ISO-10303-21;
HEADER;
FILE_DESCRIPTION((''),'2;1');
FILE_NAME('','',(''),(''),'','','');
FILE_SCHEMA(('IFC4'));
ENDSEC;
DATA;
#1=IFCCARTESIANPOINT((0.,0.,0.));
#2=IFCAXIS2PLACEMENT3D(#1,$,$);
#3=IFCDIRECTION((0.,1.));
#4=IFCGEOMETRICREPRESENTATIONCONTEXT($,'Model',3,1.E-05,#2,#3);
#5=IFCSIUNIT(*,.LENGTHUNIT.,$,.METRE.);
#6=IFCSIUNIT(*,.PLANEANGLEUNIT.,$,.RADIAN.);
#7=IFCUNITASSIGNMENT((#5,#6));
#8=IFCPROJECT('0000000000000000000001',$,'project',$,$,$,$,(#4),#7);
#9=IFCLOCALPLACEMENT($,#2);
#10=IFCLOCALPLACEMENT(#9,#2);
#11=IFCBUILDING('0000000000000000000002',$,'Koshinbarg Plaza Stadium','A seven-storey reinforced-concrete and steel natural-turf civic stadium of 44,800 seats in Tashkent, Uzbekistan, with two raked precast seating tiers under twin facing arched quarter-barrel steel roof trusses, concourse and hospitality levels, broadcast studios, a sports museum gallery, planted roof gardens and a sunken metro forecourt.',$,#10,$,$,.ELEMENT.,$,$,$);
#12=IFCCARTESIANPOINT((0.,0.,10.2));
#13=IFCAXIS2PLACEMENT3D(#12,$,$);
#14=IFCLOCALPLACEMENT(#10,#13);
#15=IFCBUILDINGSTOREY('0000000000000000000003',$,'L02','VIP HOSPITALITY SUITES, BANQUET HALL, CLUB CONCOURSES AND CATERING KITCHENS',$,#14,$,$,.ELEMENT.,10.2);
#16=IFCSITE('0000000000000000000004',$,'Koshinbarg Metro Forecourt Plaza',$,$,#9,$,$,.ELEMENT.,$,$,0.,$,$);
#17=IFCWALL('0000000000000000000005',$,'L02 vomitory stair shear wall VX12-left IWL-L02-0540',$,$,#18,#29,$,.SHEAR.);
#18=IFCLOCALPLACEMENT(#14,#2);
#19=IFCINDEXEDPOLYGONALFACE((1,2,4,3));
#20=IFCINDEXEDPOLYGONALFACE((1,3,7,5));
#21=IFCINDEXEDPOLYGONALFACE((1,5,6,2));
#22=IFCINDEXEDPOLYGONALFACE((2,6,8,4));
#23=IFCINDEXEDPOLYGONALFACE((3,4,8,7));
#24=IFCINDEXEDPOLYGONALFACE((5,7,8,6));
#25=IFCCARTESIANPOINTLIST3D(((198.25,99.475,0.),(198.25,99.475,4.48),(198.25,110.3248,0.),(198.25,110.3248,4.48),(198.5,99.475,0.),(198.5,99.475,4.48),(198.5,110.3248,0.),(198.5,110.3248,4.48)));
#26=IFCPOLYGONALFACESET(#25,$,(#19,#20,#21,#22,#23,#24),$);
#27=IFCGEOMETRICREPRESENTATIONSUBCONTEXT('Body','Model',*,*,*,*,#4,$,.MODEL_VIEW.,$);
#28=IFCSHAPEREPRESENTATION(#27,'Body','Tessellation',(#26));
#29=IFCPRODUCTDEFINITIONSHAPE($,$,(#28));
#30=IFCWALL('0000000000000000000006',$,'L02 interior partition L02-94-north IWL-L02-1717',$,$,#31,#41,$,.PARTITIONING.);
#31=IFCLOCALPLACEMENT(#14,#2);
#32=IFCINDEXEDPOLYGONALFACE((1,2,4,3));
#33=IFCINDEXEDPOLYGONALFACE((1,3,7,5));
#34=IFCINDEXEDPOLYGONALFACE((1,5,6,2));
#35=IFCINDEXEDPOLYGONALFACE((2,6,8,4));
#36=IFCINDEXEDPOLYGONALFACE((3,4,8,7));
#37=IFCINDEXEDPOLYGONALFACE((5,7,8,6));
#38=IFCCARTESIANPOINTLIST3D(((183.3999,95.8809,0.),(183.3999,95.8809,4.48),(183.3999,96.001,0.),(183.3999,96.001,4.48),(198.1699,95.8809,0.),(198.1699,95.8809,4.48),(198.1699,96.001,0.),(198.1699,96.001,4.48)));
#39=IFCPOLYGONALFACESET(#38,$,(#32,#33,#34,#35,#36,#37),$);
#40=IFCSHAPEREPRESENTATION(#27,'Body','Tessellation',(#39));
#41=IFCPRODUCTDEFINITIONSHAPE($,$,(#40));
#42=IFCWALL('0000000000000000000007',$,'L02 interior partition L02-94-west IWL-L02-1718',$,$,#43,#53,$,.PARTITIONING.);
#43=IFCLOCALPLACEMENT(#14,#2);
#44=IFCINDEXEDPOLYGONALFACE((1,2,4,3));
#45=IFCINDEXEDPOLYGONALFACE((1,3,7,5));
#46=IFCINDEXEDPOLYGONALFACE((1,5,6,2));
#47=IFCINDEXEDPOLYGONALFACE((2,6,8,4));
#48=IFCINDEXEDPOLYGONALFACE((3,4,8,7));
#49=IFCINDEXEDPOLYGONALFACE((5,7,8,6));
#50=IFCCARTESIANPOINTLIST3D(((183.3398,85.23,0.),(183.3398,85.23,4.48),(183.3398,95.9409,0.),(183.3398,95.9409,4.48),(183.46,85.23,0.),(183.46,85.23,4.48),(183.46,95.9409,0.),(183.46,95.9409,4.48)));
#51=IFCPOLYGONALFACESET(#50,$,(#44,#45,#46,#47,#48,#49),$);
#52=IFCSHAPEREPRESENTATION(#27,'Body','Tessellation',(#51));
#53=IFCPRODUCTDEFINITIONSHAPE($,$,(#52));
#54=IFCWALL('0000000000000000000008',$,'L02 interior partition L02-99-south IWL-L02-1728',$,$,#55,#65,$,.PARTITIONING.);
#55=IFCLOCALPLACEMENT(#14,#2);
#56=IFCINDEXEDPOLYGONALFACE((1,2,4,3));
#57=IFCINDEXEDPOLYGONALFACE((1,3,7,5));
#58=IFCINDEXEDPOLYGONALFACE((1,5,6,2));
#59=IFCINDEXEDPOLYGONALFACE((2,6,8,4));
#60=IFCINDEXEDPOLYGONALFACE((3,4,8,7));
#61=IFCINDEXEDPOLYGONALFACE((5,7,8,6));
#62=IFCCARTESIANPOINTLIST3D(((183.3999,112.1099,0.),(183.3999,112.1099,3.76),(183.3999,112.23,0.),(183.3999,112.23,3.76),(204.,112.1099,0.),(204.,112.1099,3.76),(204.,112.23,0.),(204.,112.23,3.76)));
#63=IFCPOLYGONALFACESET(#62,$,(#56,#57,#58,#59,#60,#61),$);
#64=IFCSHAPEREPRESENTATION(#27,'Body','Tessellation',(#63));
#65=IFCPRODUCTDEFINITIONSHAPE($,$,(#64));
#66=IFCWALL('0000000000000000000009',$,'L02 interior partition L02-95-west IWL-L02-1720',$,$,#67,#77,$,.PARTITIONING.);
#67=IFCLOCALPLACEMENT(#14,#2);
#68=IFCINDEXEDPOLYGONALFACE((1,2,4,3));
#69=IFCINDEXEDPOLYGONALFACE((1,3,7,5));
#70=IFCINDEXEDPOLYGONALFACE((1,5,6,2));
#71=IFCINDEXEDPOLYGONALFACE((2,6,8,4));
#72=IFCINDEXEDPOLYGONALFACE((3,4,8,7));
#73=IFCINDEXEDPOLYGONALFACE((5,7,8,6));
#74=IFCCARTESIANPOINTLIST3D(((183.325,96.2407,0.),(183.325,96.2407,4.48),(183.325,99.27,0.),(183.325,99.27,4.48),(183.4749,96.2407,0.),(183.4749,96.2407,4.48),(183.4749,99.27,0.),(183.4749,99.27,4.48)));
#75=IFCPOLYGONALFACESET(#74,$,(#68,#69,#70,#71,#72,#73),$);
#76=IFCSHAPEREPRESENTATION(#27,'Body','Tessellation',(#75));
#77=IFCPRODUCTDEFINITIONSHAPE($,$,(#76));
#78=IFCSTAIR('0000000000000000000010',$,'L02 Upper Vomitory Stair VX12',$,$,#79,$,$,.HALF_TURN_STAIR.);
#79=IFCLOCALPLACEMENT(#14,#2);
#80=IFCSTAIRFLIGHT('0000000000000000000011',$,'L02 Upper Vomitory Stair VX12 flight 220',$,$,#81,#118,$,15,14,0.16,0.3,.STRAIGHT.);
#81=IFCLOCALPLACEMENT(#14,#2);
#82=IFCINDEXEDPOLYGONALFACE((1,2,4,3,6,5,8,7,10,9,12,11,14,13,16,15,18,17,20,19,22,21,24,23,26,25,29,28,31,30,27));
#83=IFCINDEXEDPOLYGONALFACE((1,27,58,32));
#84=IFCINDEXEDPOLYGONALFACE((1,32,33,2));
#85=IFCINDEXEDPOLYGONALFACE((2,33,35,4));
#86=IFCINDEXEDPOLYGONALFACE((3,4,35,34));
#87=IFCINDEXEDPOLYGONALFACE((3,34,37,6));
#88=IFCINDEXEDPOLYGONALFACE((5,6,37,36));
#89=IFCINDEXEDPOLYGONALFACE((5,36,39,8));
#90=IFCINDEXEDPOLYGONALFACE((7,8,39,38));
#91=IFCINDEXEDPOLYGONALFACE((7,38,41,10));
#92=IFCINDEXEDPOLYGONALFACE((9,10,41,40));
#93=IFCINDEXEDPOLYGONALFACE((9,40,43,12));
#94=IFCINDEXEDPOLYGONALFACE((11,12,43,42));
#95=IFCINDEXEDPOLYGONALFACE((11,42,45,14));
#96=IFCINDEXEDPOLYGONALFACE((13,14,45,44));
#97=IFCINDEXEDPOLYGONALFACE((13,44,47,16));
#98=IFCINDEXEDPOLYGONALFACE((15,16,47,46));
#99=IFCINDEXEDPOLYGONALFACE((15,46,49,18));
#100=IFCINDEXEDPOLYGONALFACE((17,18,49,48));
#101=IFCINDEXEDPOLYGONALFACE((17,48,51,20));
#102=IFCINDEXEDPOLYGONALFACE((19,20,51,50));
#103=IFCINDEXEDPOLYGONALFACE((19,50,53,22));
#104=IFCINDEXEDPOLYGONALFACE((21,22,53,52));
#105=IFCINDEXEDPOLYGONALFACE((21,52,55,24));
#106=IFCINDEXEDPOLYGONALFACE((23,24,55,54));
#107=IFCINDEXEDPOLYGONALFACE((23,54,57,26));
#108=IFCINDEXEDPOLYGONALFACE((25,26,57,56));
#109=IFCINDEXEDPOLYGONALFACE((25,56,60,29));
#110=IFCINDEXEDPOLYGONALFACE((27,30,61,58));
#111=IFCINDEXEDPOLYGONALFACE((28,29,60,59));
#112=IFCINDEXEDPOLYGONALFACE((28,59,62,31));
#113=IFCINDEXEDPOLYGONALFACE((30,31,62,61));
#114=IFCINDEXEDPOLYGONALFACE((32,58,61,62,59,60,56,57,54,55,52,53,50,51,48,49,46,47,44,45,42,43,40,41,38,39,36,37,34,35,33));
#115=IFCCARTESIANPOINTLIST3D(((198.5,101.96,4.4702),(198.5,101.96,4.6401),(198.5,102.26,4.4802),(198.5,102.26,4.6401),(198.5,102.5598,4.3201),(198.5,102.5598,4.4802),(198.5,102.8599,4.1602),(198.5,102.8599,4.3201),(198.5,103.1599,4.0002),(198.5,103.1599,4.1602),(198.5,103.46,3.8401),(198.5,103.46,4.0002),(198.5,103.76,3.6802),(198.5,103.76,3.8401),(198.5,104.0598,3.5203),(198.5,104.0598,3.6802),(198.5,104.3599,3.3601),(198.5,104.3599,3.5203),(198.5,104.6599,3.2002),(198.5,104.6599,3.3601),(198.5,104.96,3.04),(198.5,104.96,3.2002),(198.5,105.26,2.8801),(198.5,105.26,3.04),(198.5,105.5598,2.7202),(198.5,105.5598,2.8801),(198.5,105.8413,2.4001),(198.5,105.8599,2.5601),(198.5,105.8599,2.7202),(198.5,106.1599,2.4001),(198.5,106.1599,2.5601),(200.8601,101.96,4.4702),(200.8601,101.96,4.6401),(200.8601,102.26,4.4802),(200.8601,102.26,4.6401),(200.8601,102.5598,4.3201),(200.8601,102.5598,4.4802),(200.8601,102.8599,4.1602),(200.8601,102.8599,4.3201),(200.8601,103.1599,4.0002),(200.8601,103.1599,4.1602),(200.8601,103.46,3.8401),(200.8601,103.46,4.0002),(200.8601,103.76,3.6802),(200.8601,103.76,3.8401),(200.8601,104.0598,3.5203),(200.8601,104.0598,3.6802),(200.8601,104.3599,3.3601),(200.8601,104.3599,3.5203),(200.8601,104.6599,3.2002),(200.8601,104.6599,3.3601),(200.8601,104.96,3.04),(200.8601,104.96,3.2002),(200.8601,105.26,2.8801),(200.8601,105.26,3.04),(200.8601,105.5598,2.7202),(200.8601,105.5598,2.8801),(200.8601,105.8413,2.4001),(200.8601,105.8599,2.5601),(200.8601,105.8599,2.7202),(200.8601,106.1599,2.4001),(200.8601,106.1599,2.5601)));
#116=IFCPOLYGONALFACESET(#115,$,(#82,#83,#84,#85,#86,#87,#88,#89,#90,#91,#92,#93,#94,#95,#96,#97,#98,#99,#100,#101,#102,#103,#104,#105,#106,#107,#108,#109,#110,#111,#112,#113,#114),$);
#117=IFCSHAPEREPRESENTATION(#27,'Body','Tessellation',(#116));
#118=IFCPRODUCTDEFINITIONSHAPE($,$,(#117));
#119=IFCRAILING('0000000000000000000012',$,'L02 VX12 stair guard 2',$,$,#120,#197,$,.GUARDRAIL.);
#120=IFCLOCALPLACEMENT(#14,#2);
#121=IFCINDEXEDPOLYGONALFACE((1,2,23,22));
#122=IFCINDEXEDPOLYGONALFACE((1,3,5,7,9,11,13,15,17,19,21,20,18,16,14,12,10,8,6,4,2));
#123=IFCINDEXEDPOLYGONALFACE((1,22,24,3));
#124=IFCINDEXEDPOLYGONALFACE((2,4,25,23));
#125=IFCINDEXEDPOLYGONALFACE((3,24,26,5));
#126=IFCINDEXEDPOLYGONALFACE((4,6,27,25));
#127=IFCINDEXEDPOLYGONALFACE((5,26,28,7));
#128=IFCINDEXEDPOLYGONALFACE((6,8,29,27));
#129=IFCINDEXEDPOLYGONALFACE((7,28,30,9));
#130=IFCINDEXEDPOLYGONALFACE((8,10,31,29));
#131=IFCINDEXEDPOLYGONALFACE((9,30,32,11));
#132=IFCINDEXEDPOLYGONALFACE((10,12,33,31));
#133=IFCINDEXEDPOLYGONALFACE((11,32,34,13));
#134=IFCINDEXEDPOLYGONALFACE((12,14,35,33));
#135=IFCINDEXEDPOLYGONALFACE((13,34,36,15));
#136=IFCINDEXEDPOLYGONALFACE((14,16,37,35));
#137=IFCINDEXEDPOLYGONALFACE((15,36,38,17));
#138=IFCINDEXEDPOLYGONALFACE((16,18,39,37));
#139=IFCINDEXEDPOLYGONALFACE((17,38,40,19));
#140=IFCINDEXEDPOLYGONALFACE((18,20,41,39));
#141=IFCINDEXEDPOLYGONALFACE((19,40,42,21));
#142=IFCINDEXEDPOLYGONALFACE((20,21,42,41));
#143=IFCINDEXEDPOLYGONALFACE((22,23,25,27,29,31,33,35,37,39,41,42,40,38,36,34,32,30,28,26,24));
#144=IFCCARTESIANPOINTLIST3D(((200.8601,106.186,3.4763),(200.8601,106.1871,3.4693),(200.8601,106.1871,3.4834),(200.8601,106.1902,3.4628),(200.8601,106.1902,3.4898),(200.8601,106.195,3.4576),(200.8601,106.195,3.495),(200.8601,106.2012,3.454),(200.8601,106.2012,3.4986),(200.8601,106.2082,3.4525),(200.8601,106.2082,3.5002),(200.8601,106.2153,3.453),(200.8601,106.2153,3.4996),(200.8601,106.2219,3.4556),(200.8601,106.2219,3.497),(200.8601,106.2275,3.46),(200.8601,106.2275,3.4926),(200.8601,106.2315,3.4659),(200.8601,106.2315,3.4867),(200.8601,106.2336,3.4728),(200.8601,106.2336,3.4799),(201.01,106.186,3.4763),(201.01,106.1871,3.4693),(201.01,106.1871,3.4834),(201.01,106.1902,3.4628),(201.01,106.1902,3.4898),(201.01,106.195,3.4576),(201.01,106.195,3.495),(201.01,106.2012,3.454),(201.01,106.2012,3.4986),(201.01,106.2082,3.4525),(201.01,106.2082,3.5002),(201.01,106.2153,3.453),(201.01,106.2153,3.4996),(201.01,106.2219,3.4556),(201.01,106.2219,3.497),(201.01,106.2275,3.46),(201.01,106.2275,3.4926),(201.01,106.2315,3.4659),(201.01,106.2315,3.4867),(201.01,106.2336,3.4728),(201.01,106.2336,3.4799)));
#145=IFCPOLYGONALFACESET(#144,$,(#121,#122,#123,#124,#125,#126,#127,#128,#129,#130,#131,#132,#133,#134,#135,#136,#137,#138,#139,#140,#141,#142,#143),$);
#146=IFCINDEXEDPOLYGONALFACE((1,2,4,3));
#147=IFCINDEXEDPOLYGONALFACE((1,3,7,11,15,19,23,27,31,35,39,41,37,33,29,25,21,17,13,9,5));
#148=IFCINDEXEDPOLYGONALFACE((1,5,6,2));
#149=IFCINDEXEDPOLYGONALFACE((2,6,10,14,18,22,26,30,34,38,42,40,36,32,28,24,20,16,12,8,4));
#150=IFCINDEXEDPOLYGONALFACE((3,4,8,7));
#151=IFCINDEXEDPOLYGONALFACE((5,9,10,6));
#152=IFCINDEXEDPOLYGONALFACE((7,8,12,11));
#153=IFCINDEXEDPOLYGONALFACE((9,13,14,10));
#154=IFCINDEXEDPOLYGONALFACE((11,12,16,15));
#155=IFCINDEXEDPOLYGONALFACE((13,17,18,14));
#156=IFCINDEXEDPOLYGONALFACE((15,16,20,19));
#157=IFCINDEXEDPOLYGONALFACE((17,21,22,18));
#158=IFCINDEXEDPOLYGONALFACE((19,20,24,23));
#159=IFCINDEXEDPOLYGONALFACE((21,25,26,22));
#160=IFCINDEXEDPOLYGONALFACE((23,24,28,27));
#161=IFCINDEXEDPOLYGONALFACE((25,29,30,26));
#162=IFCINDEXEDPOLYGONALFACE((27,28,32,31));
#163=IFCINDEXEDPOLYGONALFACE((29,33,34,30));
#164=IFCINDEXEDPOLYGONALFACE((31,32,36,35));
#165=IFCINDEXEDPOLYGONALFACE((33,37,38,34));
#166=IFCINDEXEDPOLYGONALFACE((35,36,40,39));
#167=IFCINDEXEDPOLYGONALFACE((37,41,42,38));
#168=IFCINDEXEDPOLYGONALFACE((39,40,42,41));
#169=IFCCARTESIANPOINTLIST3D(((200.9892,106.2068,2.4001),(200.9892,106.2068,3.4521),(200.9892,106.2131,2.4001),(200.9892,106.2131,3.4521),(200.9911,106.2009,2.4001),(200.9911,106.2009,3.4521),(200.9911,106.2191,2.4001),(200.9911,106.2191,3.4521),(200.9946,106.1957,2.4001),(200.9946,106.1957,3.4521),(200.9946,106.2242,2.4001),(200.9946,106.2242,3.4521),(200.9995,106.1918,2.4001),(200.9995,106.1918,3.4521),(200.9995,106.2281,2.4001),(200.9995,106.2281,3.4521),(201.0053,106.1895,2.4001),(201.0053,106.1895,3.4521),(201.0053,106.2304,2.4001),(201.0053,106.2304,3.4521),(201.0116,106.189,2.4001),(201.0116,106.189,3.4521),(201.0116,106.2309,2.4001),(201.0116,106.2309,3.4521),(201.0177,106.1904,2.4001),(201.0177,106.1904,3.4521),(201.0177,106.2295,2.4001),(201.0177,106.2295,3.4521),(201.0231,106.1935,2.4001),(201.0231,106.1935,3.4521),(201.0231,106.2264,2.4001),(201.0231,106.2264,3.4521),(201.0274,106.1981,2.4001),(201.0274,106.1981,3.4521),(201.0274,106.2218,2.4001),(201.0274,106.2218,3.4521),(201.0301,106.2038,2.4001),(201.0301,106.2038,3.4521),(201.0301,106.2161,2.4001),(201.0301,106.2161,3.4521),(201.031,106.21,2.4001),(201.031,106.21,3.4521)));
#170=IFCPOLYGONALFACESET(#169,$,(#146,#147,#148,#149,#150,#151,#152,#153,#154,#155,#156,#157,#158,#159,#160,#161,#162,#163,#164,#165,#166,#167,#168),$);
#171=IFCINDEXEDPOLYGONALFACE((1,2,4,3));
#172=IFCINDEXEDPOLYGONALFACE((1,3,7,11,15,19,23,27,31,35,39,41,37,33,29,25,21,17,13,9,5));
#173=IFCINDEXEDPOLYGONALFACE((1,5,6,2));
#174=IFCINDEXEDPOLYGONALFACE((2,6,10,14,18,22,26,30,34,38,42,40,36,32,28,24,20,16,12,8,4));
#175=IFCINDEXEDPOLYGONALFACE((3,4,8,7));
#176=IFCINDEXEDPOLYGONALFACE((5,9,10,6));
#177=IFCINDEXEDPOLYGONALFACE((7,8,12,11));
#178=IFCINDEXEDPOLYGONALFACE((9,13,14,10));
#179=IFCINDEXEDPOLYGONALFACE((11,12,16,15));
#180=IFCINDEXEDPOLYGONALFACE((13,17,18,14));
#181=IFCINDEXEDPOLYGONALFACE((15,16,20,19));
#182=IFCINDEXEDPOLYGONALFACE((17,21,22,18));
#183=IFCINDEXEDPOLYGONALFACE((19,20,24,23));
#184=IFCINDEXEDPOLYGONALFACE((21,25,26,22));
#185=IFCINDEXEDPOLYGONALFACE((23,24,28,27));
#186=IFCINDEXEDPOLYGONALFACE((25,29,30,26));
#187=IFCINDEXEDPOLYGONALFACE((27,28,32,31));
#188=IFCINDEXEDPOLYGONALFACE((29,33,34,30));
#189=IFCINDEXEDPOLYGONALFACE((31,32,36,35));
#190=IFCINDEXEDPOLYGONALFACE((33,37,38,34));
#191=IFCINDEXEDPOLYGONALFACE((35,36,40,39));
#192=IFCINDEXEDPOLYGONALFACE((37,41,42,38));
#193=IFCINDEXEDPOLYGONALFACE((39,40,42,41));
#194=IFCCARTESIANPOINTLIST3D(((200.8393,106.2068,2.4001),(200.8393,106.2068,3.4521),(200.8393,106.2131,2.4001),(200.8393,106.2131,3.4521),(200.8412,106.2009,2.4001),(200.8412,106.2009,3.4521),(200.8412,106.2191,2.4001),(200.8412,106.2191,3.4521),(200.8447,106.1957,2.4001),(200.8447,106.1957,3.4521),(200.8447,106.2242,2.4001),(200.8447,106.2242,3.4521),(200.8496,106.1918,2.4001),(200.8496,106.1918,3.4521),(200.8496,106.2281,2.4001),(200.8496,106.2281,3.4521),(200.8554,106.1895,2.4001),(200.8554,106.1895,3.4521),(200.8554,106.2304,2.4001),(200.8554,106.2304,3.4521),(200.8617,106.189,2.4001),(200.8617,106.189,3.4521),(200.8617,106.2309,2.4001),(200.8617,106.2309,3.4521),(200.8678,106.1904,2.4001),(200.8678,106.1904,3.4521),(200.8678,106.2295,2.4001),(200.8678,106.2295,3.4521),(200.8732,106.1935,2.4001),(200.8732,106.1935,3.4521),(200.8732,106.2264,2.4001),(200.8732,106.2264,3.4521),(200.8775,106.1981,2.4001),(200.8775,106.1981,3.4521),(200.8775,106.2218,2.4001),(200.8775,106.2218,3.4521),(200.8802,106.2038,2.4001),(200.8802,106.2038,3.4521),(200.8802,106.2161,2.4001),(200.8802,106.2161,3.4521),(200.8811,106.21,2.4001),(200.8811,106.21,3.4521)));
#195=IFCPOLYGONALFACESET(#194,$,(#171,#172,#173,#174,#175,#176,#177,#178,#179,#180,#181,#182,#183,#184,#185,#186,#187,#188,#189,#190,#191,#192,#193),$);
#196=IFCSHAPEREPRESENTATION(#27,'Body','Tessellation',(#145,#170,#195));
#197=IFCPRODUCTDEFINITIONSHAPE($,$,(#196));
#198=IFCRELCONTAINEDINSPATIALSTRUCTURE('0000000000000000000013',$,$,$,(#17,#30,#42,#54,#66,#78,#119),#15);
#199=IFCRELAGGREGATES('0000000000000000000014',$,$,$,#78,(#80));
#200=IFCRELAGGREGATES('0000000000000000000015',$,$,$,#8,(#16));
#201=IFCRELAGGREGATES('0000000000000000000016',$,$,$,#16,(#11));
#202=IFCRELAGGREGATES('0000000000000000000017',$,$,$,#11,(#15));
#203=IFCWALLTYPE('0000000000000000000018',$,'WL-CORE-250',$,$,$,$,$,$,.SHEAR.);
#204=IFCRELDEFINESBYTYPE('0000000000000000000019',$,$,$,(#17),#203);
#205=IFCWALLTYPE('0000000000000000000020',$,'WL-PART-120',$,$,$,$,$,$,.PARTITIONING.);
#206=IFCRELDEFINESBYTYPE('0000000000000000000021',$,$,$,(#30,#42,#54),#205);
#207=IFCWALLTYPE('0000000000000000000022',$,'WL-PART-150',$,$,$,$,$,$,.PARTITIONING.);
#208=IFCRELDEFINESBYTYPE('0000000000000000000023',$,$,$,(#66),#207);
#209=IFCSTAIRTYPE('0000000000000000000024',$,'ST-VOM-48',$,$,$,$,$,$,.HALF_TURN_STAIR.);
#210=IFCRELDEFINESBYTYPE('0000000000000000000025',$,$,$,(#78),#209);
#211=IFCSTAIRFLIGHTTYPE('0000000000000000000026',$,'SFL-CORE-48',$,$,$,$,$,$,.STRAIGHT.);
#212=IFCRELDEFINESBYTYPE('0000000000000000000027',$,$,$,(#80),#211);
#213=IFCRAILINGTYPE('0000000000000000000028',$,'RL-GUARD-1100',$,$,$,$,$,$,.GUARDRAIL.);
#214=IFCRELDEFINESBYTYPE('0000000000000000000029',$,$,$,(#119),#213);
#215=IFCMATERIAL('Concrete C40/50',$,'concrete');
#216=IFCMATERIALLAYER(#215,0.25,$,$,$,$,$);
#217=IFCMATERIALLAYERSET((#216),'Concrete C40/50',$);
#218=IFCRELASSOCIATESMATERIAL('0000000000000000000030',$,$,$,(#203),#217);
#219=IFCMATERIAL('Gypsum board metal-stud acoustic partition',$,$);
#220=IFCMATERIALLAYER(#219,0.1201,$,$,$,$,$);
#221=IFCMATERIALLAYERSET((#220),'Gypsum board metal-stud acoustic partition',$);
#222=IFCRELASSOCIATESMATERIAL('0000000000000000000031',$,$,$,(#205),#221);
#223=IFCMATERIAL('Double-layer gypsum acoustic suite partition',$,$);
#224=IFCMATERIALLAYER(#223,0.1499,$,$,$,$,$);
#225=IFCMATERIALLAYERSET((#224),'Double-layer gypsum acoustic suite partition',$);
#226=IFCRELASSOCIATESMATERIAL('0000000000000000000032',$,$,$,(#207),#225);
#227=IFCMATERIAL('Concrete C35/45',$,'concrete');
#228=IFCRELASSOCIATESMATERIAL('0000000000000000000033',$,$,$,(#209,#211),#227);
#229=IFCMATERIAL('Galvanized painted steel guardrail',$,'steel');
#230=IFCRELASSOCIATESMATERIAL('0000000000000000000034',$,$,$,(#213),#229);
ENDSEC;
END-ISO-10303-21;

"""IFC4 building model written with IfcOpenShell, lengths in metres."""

from ifc_helpers import new_model, si_unit, direction, frame, frame_2d, origin, origin_2d, place, context, subcontext, project, spatial, polyline, rectangle, circle, outline, extrude, material, layer, layer_set, type_object, element, aggregate, save


model = new_model("IFC4")

# Units and contexts
model_context = context("Model", 3, precision=1e-05, world=origin(), true_north=direction((0.0, 1.0)))
body_context = subcontext(model_context, "Body", "Model", "MODEL_VIEW")
ifc_project = project(units=[si_unit("LENGTHUNIT", "METRE"), si_unit("PLANEANGLEUNIT", "RADIAN")], contexts=[model_context])

# Site, building, storey
site_placement = place(None, origin())
site = spatial("IfcSite", under=ifc_project, at=site_placement, Name="Koshinbarg Metro Forecourt Plaza", CompositionType="ELEMENT", RefElevation=0.0)
building_placement = place(site_placement, origin())
building = spatial("IfcBuilding", under=site, at=building_placement, Name="Koshinbarg Plaza Stadium", Description="A seven-storey reinforced-concrete and steel natural-turf civic stadium of 44,800 seats in Tashkent, Uzbekistan, with two raked precast seating tiers under twin facing arched quarter-barrel steel roof trusses, concourse and hospitality levels, broadcast studios, a sports museum gallery, planted roof gardens and a sunken metro forecourt.", CompositionType="ELEMENT")
storey_placement = place(building_placement, frame((0.0, 0.0, 10.2)))
storey = spatial("IfcBuildingStorey", under=building, at=storey_placement, Name="L02", Description="VIP HOSPITALITY SUITES, BANQUET HALL, CLUB CONCOURSES AND CATERING KITCHENS", CompositionType="ELEMENT", Elevation=10.2)

# Shared definitions
ifc_material_1 = material(Name="Concrete C40/50", Category="concrete")

# Walls
ifc_layer_1 = layer(ifc_material_1, 0.25)
ifc_layer_set_1 = layer_set([ifc_layer_1], Name="Concrete C40/50")
wall_type_1 = type_object("IfcWallType", Name="WL-CORE-250", PredefinedType="SHEAR", material=ifc_layer_set_1)
wall_1_placement = place(storey_placement, frame((198.375, 99.4751, 0.0), z_axis=(0.0, 0.0, 1.0), x_axis=(0.0, 1.0, 0.0)))
element("IfcWall", 1, at=wall_1_placement, inside=storey, type_object=wall_type_1, Name="L02 vomitory stair shear wall VX12-left IWL-L02-0540", PredefinedType="SHEAR", context=body_context, shape_type="SweptSolid", body=[
    extrude(rectangle(XDim=10.8499, YDim=0.25, at=frame_2d((5.4248, 0.0))), origin(), (0.0, 0.0, 1.0), 4.48),
])
ifc_material_2 = material(Name="Gypsum board metal-stud acoustic partition")
ifc_layer_2 = layer(ifc_material_2, 0.1201)
ifc_layer_set_2 = layer_set([ifc_layer_2], Name="Gypsum board metal-stud acoustic partition")
wall_type_2 = type_object("IfcWallType", Name="WL-PART-120", PredefinedType="PARTITIONING", material=ifc_layer_set_2)
wall_2_placement = place(storey_placement, frame((198.1699, 95.9409, 0.0), z_axis=(0.0, 0.0, 1.0), x_axis=(-1.0, 0.0, 0.0)))
element("IfcWall", 2, at=wall_2_placement, inside=storey, type_object=wall_type_2, Name="L02 interior partition L02-94-north IWL-L02-1717", PredefinedType="PARTITIONING", context=body_context, shape_type="SweptSolid", body=[
    extrude(rectangle(XDim=14.77, YDim=0.1201, at=frame_2d((7.385, 0.0))), origin(), (0.0, 0.0, 1.0), 4.48),
])
wall_3_placement = place(storey_placement, frame((183.3999, 95.9409, 0.0), z_axis=(0.0, 0.0, 1.0), x_axis=(0.0, -1.0, 0.0)))
element("IfcWall", 3, at=wall_3_placement, inside=storey, type_object=wall_type_2, Name="L02 interior partition L02-94-west IWL-L02-1718", PredefinedType="PARTITIONING", context=body_context, shape_type="SweptSolid", body=[
    extrude(rectangle(XDim=10.7109, YDim=0.1201, at=frame_2d((5.3555, 0.0))), origin(), (0.0, 0.0, 1.0), 4.48),
])
wall_4_placement = place(storey_placement, frame((183.3999, 112.1699, 0.0), z_axis=(0.0, 0.0, 1.0), x_axis=(1.0, 0.0, 0.0)))
element("IfcWall", 4, at=wall_4_placement, inside=storey, type_object=wall_type_2, Name="L02 interior partition L02-99-south IWL-L02-1728", PredefinedType="PARTITIONING", context=body_context, shape_type="SweptSolid", body=[
    extrude(rectangle(XDim=20.6001, YDim=0.1201, at=frame_2d((10.3, 0.0))), origin(), (0.0, 0.0, 1.0), 3.76),
])
ifc_material_3 = material(Name="Double-layer gypsum acoustic suite partition")
ifc_layer_3 = layer(ifc_material_3, 0.1499)
ifc_layer_set_3 = layer_set([ifc_layer_3], Name="Double-layer gypsum acoustic suite partition")
wall_type_3 = type_object("IfcWallType", Name="WL-PART-150", PredefinedType="PARTITIONING", material=ifc_layer_set_3)
wall_5_placement = place(storey_placement, frame((183.3999, 99.27, 0.0), z_axis=(0.0, 0.0, 1.0), x_axis=(0.0, -1.0, 0.0)))
element("IfcWall", 5, at=wall_5_placement, inside=storey, type_object=wall_type_3, Name="L02 interior partition L02-95-west IWL-L02-1720", PredefinedType="PARTITIONING", context=body_context, shape_type="SweptSolid", body=[
    extrude(rectangle(XDim=3.0293, YDim=0.1499, at=frame_2d((1.5146, 0.0))), origin(), (0.0, 0.0, 1.0), 4.48),
])

# Stair, stair flight
ifc_material_4 = material(Name="Concrete C35/45", Category="concrete")
stair_type = type_object("IfcStairType", Name="ST-VOM-48", PredefinedType="HALF_TURN_STAIR", material=ifc_material_4)
stair_placement = place(storey_placement, origin())
stair = element("IfcStair", 6, at=stair_placement, inside=storey, type_object=stair_type, Name="L02 Upper Vomitory Stair VX12", PredefinedType="HALF_TURN_STAIR")
stair_flight_type = type_object("IfcStairFlightType", Name="SFL-CORE-48", PredefinedType="STRAIGHT", material=ifc_material_4)
stair_flight_placement = place(storey_placement, frame((199.6799, 106.1599, 2.4001), z_axis=(0.0, 0.0, 1.0), x_axis=(0.0, -1.0, 0.0)))
stair_flight = element("IfcStairFlight", 7, at=stair_flight_placement, type_object=stair_flight_type, Name="L02 Upper Vomitory Stair VX12 flight 220", NumberOfRisers=15, NumberOfTreads=14, PredefinedType="STRAIGHT", RiserHeight=0.16, TreadLength=0.3, context=body_context, shape_type="SweptSolid", body=[
    extrude(outline(polyline([(0.0, 0.0), (0.0, 0.1599), (0.3, 0.1599), (0.3, 0.3201), (0.6001, 0.3201), (0.6001, 0.48), (0.8999, 0.48), (0.8999, 0.6399), (1.2, 0.6399), (1.2, 0.8), (1.5, 0.8), (1.5, 0.96), (1.8, 0.96), (1.8, 1.1201), (2.1001, 1.1201), (2.1001, 1.28), (2.3999, 1.28), (2.3999, 1.4399), (2.7, 1.4399), (2.7, 1.6001), (3.0, 1.6001), (3.0, 1.76), (3.3, 1.76), (3.3, 1.9199), (3.6001, 1.9199), (3.6001, 2.0801), (3.8999, 2.0801), (3.8999, 2.24), (4.2, 2.24), (4.2, 2.3999), (4.2, 2.0701), (0.3186, 0.0), (0.0, 0.0)])), frame((0.0, 1.1802, 0.0), z_axis=(0.0, -1.0, 0.0), x_axis=(1.0, 0.0, 0.0)), (0.0, 0.0, 1.0), 2.3601),
])
aggregate(stair, [stair_flight])

# Railing
ifc_material_5 = material(Name="Galvanized painted steel guardrail", Category="steel")
railing_type_1 = type_object("IfcRailingType", Name="RL-GUARD-1100", PredefinedType="GUARDRAIL", material=ifc_material_5)
railing_1_placement = place(storey_placement, frame((201.01, 106.21, 2.4001)))
element("IfcRailing", 8, at=railing_1_placement, inside=storey, type_object=railing_type_1, Name="L02 VX12 stair guard 2", PredefinedType="GUARDRAIL", context=body_context, shape_type="SweptSolid", body=[
    extrude(circle(Radius=0.0239, at=origin_2d()), frame((0.0, 0.0, 1.0762), z_axis=(-1.0, 0.0, 0.0), x_axis=(0.0, -1.0, 0.0)), (0.0, 0.0, 1.0), 0.1499),
    extrude(circle(Radius=0.021, at=origin_2d()), origin(), (0.0, 0.0, 1.0), 1.052),
    extrude(circle(Radius=0.021, at=origin_2d()), frame((-0.1499, 0.0, 0.0)), (0.0, 0.0, 1.0), 1.052),
])

save(model, "model.ifc")
